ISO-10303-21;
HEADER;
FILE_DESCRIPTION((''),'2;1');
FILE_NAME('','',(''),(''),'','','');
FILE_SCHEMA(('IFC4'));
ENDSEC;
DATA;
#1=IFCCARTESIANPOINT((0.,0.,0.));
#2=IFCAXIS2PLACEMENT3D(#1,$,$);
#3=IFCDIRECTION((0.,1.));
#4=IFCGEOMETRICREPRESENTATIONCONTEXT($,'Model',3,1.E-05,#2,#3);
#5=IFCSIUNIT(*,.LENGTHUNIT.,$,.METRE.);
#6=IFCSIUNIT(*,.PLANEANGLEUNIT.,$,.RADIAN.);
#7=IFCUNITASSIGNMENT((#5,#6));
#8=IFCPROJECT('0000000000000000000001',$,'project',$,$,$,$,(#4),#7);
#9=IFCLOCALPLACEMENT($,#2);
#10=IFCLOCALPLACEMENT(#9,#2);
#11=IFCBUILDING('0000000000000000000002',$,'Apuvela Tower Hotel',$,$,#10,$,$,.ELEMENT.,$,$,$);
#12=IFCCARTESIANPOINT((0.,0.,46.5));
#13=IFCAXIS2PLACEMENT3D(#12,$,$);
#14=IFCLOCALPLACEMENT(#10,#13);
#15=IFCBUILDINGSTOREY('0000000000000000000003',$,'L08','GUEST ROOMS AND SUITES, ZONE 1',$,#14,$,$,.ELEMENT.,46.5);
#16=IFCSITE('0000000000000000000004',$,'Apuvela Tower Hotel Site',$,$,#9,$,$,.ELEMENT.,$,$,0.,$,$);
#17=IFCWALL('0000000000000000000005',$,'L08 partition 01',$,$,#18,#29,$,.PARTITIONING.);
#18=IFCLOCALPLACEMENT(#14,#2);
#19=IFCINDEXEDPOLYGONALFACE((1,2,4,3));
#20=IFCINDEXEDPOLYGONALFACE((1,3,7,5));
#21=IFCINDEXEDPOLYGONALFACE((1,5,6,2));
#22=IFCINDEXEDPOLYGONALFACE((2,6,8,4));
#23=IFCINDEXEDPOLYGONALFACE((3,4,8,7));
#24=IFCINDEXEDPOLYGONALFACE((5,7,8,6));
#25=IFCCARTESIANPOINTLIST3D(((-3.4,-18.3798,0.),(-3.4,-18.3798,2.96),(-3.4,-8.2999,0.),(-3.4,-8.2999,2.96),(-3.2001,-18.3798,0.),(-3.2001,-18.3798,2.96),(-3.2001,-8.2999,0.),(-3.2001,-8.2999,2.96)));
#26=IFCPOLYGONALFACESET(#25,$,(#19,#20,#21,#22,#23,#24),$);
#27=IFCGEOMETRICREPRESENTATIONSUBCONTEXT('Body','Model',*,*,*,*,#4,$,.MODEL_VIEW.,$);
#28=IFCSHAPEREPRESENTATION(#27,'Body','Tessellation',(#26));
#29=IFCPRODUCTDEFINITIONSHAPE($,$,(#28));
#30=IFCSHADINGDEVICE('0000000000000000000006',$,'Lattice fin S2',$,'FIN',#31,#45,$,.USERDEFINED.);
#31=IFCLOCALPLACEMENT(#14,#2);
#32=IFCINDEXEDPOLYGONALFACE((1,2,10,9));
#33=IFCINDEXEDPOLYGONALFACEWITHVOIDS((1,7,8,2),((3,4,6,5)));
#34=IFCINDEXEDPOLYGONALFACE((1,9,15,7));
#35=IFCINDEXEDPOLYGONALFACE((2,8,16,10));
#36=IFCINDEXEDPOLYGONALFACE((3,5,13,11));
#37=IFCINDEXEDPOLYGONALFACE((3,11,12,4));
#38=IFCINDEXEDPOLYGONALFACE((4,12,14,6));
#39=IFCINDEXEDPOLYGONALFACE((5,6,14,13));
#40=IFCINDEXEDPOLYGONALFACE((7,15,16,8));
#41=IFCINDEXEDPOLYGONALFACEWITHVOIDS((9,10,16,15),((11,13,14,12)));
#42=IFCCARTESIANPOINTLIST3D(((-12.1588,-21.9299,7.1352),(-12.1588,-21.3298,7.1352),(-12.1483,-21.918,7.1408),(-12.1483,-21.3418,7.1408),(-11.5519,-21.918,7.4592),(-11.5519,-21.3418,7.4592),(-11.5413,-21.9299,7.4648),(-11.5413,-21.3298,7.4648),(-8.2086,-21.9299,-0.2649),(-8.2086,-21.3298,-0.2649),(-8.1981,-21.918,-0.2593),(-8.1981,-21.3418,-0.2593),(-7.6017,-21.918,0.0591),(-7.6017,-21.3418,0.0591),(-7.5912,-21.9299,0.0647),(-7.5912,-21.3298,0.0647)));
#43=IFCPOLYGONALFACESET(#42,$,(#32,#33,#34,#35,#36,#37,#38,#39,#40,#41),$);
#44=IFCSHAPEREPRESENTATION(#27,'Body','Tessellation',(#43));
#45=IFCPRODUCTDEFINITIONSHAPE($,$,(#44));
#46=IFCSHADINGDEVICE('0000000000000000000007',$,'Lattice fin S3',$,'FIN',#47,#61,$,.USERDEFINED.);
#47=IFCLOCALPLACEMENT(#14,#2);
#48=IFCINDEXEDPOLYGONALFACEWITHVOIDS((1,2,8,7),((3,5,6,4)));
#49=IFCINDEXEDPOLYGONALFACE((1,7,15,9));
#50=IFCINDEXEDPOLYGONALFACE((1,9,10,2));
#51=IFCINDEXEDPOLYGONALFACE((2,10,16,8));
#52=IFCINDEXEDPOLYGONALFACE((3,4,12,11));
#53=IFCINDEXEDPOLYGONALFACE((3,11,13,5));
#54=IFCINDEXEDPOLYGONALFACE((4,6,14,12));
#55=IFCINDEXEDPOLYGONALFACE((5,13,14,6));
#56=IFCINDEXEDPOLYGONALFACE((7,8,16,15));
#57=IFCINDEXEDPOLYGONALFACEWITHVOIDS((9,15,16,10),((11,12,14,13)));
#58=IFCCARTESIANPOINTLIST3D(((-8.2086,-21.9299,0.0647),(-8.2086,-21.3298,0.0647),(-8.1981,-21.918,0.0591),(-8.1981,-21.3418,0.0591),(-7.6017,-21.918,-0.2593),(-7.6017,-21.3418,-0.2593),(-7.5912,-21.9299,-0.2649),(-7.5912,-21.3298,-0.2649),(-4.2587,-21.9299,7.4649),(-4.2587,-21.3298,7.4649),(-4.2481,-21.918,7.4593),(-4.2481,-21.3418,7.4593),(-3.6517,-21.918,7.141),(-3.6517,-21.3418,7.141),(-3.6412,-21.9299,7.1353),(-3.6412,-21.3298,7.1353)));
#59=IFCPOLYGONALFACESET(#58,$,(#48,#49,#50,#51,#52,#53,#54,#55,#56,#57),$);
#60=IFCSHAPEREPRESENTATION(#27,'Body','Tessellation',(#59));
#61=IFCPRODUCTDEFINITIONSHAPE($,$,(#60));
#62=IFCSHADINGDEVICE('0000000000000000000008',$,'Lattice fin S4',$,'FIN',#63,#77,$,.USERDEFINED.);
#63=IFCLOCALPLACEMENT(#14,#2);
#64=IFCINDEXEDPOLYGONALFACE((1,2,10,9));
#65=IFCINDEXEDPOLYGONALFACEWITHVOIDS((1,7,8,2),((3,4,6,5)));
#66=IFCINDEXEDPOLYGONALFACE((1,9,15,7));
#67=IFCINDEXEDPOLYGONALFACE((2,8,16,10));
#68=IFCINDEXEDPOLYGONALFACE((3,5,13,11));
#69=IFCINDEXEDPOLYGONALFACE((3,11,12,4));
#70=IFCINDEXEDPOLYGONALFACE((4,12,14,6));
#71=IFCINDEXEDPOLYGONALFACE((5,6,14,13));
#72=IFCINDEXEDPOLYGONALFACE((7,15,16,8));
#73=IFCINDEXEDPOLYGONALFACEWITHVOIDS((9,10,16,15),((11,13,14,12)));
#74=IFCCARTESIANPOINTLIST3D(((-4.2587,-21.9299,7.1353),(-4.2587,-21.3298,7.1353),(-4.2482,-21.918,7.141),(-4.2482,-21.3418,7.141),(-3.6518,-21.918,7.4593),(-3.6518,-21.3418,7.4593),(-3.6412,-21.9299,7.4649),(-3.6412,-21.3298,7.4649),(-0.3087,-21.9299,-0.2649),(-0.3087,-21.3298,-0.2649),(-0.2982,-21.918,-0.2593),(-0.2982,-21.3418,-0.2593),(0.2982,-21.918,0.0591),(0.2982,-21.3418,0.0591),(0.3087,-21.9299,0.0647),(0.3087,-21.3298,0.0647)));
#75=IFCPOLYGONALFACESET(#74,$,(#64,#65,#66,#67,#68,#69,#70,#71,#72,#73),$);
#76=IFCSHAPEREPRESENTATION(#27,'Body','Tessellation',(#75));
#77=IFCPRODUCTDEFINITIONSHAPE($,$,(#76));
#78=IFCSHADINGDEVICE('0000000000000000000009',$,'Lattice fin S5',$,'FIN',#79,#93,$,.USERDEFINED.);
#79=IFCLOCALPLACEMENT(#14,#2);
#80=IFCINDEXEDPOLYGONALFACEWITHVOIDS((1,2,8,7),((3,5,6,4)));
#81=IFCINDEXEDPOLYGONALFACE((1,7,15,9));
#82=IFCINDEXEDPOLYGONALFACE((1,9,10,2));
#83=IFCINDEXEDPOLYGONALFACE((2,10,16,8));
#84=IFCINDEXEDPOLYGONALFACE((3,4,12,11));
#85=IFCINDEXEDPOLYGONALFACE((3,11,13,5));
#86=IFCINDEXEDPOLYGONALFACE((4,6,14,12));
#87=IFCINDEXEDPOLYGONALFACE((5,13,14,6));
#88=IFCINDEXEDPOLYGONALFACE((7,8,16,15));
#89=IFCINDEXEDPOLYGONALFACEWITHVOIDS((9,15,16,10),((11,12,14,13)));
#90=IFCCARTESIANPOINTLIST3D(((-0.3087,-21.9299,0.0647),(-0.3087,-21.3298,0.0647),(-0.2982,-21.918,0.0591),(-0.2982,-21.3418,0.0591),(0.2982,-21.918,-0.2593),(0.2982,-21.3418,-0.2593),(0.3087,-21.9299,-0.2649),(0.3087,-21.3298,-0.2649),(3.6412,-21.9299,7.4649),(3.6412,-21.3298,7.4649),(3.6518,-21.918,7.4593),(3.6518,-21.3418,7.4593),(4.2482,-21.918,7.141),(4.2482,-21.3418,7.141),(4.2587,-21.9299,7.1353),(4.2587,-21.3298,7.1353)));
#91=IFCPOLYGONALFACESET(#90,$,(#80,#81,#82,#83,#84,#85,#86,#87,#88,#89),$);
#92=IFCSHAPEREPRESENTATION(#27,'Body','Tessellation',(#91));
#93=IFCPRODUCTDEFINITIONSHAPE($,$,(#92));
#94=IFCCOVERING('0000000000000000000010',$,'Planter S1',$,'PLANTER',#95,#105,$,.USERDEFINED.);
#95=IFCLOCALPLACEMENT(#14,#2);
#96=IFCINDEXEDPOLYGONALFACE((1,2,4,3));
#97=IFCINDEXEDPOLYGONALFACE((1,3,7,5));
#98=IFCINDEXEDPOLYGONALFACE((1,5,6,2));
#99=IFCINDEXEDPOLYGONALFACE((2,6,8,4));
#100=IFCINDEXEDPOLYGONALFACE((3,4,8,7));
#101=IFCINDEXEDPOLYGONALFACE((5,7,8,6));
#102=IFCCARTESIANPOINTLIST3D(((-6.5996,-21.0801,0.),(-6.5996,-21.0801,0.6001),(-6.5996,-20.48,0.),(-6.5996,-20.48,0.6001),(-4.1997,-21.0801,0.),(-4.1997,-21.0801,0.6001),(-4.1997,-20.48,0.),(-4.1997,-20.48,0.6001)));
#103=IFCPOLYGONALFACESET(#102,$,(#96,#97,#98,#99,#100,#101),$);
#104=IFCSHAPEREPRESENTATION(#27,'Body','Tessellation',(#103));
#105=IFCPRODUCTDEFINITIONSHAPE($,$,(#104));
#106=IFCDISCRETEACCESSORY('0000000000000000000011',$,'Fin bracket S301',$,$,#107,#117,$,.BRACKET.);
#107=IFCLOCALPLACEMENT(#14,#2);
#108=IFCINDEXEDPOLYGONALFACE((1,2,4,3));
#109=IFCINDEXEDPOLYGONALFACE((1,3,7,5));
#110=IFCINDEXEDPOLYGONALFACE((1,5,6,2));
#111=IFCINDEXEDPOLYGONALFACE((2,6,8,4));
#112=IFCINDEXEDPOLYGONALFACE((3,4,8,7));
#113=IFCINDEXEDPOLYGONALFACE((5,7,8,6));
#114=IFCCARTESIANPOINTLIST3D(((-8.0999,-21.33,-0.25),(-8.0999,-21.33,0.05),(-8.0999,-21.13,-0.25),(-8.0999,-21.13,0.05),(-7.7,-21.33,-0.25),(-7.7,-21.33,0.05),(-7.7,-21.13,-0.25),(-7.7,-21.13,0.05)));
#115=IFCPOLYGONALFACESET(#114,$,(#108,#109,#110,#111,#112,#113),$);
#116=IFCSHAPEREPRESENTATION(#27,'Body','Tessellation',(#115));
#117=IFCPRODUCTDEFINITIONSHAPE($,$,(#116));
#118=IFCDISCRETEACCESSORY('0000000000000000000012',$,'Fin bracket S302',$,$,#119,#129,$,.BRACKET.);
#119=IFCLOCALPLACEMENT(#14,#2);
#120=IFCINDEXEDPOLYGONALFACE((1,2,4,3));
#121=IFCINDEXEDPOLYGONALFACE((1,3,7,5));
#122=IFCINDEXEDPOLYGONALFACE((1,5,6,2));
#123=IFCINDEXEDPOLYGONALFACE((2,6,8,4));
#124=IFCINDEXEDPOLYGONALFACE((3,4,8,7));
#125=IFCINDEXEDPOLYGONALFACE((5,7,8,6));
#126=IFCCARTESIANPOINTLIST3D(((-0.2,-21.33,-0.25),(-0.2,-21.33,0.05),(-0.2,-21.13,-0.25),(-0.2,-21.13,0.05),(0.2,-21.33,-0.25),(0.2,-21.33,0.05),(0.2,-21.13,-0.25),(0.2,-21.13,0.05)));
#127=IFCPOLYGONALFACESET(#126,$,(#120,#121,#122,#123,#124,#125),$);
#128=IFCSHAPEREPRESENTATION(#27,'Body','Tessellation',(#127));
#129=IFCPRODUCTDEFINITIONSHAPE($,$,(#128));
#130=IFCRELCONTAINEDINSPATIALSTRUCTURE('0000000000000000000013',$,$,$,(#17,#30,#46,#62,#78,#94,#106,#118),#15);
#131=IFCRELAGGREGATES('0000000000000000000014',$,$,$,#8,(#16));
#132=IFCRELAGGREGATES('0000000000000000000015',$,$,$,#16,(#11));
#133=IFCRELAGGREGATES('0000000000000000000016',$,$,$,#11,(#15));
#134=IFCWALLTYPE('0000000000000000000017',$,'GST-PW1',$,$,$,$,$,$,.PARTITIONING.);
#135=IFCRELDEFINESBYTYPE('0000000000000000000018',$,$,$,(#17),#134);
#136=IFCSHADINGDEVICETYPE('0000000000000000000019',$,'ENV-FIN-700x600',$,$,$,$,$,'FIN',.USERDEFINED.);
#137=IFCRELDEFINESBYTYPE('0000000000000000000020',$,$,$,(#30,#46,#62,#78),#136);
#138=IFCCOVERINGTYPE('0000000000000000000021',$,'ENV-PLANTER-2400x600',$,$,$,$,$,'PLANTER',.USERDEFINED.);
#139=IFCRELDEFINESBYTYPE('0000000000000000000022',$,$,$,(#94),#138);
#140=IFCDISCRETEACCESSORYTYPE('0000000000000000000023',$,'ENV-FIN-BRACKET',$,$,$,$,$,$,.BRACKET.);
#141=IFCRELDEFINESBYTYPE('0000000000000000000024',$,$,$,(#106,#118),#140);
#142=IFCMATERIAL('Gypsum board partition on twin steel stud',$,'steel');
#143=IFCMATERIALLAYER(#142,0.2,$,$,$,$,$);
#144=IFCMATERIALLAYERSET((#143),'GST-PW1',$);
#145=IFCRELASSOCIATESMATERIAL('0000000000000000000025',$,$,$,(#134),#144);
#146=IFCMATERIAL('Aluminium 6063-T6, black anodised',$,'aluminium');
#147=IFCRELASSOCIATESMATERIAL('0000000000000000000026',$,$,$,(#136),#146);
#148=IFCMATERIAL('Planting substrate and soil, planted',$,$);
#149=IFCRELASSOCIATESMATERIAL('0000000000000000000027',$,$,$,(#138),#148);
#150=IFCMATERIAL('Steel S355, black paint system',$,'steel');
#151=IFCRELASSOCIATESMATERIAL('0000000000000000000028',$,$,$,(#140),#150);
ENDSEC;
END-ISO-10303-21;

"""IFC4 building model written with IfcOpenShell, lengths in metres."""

from ifc_helpers import new_model, si_unit, direction, frame, frame_2d, origin, origin_2d, place, context, subcontext, project, spatial, rectangle, hollow_rectangle, extrude, material, layer, layer_set, material_profile, profile_set, type_object, element, save


model = new_model("IFC4")

# Units and contexts
model_context = context("Model", 3, precision=1e-05, world=origin(), true_north=direction((0.0, 1.0)))
body_context = subcontext(model_context, "Body", "Model", "MODEL_VIEW")
ifc_project = project(units=[si_unit("LENGTHUNIT", "METRE"), si_unit("PLANEANGLEUNIT", "RADIAN")], contexts=[model_context])

# Site, building, storey
site_placement = place(None, origin())
site = spatial("IfcSite", under=ifc_project, at=site_placement, Name="Apuvela Tower Hotel Site", CompositionType="ELEMENT", RefElevation=0.0)
building_placement = place(site_placement, origin())
building = spatial("IfcBuilding", under=site, at=building_placement, Name="Apuvela Tower Hotel", CompositionType="ELEMENT")
storey_placement = place(building_placement, frame((0.0, 0.0, 46.5)))
storey = spatial("IfcBuildingStorey", under=building, at=storey_placement, Name="L08", Description="GUEST ROOMS AND SUITES, ZONE 1", CompositionType="ELEMENT", Elevation=46.5)

# Wall
ifc_material_1 = material(Name="Gypsum board partition on twin steel stud", Category="steel")
ifc_layer_1 = layer(ifc_material_1, 0.2)
ifc_layer_set_1 = layer_set([ifc_layer_1], Name="GST-PW1")
wall_type_1 = type_object("IfcWallType", Name="GST-PW1", PredefinedType="PARTITIONING", material=ifc_layer_set_1)
wall_1_placement = place(storey_placement, frame((-3.3, -18.3799, 0.0), z_axis=(0.0, 0.0, 1.0), x_axis=(0.0, 1.0, 0.0)))
element("IfcWall", 1, at=wall_1_placement, inside=storey, type_object=wall_type_1, Name="L08 partition 01", PredefinedType="PARTITIONING", context=body_context, shape_type="SweptSolid", body=[
    extrude(rectangle(XDim=10.0798, YDim=0.2, at=frame_2d((5.04, 0.0))), origin(), (0.0, 0.0, 1.0), 2.96),
])

# Shading devices
ifc_material_2 = material(Name="Aluminium 6063-T6, black anodised", Category="aluminium")
ifc_material_profile_1 = material_profile(ifc_material_2, hollow_rectangle(XDim=0.6001, YDim=0.7, WallThickness=0.012, at=origin_2d()), Name="AL BOX 700x600x12")
ifc_profile_set_1 = profile_set([ifc_material_profile_1], Name="Aluminium 6063-T6, black anodised")
shading_device_type = type_object("IfcShadingDeviceType", Name="ENV-FIN-700x600", ElementType="FIN", PredefinedType="USERDEFINED", material=ifc_profile_set_1)
for number, where, z_axis, x_axis, name in (
    (2, (-7.8999, -21.6299, -0.1001), (-0.470908, 0.0, 0.882182), (0.0, -1.0, 0.0), "Lattice fin S2"),
    (3, (-7.8999, -21.6299, -0.1001), (0.470886, 0.0, 0.882194), (0.0, 1.0, 0.0), "Lattice fin S3"),
    (4, (0.0, -21.6299, -0.1001), (-0.470886, 0.0, 0.882194), (0.0, -1.0, 0.0), "Lattice fin S4"),
    (5, (0.0, -21.6299, -0.1001), (0.470886, 0.0, 0.882194), (0.0, 1.0, 0.0), "Lattice fin S5"),
):
    element("IfcShadingDevice", number, at=place(storey_placement, frame(where, z_axis=z_axis, x_axis=x_axis)), inside=storey, type_object=shading_device_type, Name=name, ObjectType="FIN", PredefinedType="USERDEFINED", context=body_context, shape_type="SweptSolid", body=[
        extrude(hollow_rectangle(XDim=0.6001, YDim=0.7, WallThickness=0.012, at=origin_2d()), origin(), (0.0, 0.0, 1.0), 8.3884),
    ])

# Covering
ifc_material_3 = material(Name="Planting substrate and soil, planted")
covering_type = type_object("IfcCoveringType", Name="ENV-PLANTER-2400x600", ElementType="PLANTER", PredefinedType="USERDEFINED", material=ifc_material_3)
covering_placement = place(storey_placement, frame((-5.3997, -20.78, 0.0), z_axis=(0.0, 0.0, 1.0), x_axis=(1.0, 0.0, 0.0)))
element("IfcCovering", 6, at=covering_placement, inside=storey, type_object=covering_type, Name="Planter S1", ObjectType="PLANTER", PredefinedType="USERDEFINED", context=body_context, shape_type="SweptSolid", body=[
    extrude(rectangle(XDim=2.3999, YDim=0.6001, at=origin_2d()), origin(), (0.0, 0.0, 1.0), 0.6001),
])

# Discrete accessories
ifc_material_4 = material(Name="Steel S355, black paint system", Category="steel")
discrete_accessory_type = type_object("IfcDiscreteAccessoryType", Name="ENV-FIN-BRACKET", PredefinedType="BRACKET", material=ifc_material_4)
for number, where, z_axis, x_axis, name in (
    (7, (-7.8999, -21.23, -0.25), (0.0, 0.0, 1.0), (1.0, 0.0, 0.0), "Fin bracket S301"),
    (8, (0.0, -21.23, -0.25), (0.0, 0.0, 1.0), (1.0, 0.0, 0.0), "Fin bracket S302"),
):
    element("IfcDiscreteAccessory", number, at=place(storey_placement, frame(where, z_axis=z_axis, x_axis=x_axis)), inside=storey, type_object=discrete_accessory_type, Name=name, PredefinedType="BRACKET", context=body_context, shape_type="SweptSolid", body=[
        extrude(rectangle(XDim=0.3999, YDim=0.2, at=origin_2d()), origin(), (0.0, 0.0, 1.0), 0.3),
    ])

save(model, "model.ifc")
